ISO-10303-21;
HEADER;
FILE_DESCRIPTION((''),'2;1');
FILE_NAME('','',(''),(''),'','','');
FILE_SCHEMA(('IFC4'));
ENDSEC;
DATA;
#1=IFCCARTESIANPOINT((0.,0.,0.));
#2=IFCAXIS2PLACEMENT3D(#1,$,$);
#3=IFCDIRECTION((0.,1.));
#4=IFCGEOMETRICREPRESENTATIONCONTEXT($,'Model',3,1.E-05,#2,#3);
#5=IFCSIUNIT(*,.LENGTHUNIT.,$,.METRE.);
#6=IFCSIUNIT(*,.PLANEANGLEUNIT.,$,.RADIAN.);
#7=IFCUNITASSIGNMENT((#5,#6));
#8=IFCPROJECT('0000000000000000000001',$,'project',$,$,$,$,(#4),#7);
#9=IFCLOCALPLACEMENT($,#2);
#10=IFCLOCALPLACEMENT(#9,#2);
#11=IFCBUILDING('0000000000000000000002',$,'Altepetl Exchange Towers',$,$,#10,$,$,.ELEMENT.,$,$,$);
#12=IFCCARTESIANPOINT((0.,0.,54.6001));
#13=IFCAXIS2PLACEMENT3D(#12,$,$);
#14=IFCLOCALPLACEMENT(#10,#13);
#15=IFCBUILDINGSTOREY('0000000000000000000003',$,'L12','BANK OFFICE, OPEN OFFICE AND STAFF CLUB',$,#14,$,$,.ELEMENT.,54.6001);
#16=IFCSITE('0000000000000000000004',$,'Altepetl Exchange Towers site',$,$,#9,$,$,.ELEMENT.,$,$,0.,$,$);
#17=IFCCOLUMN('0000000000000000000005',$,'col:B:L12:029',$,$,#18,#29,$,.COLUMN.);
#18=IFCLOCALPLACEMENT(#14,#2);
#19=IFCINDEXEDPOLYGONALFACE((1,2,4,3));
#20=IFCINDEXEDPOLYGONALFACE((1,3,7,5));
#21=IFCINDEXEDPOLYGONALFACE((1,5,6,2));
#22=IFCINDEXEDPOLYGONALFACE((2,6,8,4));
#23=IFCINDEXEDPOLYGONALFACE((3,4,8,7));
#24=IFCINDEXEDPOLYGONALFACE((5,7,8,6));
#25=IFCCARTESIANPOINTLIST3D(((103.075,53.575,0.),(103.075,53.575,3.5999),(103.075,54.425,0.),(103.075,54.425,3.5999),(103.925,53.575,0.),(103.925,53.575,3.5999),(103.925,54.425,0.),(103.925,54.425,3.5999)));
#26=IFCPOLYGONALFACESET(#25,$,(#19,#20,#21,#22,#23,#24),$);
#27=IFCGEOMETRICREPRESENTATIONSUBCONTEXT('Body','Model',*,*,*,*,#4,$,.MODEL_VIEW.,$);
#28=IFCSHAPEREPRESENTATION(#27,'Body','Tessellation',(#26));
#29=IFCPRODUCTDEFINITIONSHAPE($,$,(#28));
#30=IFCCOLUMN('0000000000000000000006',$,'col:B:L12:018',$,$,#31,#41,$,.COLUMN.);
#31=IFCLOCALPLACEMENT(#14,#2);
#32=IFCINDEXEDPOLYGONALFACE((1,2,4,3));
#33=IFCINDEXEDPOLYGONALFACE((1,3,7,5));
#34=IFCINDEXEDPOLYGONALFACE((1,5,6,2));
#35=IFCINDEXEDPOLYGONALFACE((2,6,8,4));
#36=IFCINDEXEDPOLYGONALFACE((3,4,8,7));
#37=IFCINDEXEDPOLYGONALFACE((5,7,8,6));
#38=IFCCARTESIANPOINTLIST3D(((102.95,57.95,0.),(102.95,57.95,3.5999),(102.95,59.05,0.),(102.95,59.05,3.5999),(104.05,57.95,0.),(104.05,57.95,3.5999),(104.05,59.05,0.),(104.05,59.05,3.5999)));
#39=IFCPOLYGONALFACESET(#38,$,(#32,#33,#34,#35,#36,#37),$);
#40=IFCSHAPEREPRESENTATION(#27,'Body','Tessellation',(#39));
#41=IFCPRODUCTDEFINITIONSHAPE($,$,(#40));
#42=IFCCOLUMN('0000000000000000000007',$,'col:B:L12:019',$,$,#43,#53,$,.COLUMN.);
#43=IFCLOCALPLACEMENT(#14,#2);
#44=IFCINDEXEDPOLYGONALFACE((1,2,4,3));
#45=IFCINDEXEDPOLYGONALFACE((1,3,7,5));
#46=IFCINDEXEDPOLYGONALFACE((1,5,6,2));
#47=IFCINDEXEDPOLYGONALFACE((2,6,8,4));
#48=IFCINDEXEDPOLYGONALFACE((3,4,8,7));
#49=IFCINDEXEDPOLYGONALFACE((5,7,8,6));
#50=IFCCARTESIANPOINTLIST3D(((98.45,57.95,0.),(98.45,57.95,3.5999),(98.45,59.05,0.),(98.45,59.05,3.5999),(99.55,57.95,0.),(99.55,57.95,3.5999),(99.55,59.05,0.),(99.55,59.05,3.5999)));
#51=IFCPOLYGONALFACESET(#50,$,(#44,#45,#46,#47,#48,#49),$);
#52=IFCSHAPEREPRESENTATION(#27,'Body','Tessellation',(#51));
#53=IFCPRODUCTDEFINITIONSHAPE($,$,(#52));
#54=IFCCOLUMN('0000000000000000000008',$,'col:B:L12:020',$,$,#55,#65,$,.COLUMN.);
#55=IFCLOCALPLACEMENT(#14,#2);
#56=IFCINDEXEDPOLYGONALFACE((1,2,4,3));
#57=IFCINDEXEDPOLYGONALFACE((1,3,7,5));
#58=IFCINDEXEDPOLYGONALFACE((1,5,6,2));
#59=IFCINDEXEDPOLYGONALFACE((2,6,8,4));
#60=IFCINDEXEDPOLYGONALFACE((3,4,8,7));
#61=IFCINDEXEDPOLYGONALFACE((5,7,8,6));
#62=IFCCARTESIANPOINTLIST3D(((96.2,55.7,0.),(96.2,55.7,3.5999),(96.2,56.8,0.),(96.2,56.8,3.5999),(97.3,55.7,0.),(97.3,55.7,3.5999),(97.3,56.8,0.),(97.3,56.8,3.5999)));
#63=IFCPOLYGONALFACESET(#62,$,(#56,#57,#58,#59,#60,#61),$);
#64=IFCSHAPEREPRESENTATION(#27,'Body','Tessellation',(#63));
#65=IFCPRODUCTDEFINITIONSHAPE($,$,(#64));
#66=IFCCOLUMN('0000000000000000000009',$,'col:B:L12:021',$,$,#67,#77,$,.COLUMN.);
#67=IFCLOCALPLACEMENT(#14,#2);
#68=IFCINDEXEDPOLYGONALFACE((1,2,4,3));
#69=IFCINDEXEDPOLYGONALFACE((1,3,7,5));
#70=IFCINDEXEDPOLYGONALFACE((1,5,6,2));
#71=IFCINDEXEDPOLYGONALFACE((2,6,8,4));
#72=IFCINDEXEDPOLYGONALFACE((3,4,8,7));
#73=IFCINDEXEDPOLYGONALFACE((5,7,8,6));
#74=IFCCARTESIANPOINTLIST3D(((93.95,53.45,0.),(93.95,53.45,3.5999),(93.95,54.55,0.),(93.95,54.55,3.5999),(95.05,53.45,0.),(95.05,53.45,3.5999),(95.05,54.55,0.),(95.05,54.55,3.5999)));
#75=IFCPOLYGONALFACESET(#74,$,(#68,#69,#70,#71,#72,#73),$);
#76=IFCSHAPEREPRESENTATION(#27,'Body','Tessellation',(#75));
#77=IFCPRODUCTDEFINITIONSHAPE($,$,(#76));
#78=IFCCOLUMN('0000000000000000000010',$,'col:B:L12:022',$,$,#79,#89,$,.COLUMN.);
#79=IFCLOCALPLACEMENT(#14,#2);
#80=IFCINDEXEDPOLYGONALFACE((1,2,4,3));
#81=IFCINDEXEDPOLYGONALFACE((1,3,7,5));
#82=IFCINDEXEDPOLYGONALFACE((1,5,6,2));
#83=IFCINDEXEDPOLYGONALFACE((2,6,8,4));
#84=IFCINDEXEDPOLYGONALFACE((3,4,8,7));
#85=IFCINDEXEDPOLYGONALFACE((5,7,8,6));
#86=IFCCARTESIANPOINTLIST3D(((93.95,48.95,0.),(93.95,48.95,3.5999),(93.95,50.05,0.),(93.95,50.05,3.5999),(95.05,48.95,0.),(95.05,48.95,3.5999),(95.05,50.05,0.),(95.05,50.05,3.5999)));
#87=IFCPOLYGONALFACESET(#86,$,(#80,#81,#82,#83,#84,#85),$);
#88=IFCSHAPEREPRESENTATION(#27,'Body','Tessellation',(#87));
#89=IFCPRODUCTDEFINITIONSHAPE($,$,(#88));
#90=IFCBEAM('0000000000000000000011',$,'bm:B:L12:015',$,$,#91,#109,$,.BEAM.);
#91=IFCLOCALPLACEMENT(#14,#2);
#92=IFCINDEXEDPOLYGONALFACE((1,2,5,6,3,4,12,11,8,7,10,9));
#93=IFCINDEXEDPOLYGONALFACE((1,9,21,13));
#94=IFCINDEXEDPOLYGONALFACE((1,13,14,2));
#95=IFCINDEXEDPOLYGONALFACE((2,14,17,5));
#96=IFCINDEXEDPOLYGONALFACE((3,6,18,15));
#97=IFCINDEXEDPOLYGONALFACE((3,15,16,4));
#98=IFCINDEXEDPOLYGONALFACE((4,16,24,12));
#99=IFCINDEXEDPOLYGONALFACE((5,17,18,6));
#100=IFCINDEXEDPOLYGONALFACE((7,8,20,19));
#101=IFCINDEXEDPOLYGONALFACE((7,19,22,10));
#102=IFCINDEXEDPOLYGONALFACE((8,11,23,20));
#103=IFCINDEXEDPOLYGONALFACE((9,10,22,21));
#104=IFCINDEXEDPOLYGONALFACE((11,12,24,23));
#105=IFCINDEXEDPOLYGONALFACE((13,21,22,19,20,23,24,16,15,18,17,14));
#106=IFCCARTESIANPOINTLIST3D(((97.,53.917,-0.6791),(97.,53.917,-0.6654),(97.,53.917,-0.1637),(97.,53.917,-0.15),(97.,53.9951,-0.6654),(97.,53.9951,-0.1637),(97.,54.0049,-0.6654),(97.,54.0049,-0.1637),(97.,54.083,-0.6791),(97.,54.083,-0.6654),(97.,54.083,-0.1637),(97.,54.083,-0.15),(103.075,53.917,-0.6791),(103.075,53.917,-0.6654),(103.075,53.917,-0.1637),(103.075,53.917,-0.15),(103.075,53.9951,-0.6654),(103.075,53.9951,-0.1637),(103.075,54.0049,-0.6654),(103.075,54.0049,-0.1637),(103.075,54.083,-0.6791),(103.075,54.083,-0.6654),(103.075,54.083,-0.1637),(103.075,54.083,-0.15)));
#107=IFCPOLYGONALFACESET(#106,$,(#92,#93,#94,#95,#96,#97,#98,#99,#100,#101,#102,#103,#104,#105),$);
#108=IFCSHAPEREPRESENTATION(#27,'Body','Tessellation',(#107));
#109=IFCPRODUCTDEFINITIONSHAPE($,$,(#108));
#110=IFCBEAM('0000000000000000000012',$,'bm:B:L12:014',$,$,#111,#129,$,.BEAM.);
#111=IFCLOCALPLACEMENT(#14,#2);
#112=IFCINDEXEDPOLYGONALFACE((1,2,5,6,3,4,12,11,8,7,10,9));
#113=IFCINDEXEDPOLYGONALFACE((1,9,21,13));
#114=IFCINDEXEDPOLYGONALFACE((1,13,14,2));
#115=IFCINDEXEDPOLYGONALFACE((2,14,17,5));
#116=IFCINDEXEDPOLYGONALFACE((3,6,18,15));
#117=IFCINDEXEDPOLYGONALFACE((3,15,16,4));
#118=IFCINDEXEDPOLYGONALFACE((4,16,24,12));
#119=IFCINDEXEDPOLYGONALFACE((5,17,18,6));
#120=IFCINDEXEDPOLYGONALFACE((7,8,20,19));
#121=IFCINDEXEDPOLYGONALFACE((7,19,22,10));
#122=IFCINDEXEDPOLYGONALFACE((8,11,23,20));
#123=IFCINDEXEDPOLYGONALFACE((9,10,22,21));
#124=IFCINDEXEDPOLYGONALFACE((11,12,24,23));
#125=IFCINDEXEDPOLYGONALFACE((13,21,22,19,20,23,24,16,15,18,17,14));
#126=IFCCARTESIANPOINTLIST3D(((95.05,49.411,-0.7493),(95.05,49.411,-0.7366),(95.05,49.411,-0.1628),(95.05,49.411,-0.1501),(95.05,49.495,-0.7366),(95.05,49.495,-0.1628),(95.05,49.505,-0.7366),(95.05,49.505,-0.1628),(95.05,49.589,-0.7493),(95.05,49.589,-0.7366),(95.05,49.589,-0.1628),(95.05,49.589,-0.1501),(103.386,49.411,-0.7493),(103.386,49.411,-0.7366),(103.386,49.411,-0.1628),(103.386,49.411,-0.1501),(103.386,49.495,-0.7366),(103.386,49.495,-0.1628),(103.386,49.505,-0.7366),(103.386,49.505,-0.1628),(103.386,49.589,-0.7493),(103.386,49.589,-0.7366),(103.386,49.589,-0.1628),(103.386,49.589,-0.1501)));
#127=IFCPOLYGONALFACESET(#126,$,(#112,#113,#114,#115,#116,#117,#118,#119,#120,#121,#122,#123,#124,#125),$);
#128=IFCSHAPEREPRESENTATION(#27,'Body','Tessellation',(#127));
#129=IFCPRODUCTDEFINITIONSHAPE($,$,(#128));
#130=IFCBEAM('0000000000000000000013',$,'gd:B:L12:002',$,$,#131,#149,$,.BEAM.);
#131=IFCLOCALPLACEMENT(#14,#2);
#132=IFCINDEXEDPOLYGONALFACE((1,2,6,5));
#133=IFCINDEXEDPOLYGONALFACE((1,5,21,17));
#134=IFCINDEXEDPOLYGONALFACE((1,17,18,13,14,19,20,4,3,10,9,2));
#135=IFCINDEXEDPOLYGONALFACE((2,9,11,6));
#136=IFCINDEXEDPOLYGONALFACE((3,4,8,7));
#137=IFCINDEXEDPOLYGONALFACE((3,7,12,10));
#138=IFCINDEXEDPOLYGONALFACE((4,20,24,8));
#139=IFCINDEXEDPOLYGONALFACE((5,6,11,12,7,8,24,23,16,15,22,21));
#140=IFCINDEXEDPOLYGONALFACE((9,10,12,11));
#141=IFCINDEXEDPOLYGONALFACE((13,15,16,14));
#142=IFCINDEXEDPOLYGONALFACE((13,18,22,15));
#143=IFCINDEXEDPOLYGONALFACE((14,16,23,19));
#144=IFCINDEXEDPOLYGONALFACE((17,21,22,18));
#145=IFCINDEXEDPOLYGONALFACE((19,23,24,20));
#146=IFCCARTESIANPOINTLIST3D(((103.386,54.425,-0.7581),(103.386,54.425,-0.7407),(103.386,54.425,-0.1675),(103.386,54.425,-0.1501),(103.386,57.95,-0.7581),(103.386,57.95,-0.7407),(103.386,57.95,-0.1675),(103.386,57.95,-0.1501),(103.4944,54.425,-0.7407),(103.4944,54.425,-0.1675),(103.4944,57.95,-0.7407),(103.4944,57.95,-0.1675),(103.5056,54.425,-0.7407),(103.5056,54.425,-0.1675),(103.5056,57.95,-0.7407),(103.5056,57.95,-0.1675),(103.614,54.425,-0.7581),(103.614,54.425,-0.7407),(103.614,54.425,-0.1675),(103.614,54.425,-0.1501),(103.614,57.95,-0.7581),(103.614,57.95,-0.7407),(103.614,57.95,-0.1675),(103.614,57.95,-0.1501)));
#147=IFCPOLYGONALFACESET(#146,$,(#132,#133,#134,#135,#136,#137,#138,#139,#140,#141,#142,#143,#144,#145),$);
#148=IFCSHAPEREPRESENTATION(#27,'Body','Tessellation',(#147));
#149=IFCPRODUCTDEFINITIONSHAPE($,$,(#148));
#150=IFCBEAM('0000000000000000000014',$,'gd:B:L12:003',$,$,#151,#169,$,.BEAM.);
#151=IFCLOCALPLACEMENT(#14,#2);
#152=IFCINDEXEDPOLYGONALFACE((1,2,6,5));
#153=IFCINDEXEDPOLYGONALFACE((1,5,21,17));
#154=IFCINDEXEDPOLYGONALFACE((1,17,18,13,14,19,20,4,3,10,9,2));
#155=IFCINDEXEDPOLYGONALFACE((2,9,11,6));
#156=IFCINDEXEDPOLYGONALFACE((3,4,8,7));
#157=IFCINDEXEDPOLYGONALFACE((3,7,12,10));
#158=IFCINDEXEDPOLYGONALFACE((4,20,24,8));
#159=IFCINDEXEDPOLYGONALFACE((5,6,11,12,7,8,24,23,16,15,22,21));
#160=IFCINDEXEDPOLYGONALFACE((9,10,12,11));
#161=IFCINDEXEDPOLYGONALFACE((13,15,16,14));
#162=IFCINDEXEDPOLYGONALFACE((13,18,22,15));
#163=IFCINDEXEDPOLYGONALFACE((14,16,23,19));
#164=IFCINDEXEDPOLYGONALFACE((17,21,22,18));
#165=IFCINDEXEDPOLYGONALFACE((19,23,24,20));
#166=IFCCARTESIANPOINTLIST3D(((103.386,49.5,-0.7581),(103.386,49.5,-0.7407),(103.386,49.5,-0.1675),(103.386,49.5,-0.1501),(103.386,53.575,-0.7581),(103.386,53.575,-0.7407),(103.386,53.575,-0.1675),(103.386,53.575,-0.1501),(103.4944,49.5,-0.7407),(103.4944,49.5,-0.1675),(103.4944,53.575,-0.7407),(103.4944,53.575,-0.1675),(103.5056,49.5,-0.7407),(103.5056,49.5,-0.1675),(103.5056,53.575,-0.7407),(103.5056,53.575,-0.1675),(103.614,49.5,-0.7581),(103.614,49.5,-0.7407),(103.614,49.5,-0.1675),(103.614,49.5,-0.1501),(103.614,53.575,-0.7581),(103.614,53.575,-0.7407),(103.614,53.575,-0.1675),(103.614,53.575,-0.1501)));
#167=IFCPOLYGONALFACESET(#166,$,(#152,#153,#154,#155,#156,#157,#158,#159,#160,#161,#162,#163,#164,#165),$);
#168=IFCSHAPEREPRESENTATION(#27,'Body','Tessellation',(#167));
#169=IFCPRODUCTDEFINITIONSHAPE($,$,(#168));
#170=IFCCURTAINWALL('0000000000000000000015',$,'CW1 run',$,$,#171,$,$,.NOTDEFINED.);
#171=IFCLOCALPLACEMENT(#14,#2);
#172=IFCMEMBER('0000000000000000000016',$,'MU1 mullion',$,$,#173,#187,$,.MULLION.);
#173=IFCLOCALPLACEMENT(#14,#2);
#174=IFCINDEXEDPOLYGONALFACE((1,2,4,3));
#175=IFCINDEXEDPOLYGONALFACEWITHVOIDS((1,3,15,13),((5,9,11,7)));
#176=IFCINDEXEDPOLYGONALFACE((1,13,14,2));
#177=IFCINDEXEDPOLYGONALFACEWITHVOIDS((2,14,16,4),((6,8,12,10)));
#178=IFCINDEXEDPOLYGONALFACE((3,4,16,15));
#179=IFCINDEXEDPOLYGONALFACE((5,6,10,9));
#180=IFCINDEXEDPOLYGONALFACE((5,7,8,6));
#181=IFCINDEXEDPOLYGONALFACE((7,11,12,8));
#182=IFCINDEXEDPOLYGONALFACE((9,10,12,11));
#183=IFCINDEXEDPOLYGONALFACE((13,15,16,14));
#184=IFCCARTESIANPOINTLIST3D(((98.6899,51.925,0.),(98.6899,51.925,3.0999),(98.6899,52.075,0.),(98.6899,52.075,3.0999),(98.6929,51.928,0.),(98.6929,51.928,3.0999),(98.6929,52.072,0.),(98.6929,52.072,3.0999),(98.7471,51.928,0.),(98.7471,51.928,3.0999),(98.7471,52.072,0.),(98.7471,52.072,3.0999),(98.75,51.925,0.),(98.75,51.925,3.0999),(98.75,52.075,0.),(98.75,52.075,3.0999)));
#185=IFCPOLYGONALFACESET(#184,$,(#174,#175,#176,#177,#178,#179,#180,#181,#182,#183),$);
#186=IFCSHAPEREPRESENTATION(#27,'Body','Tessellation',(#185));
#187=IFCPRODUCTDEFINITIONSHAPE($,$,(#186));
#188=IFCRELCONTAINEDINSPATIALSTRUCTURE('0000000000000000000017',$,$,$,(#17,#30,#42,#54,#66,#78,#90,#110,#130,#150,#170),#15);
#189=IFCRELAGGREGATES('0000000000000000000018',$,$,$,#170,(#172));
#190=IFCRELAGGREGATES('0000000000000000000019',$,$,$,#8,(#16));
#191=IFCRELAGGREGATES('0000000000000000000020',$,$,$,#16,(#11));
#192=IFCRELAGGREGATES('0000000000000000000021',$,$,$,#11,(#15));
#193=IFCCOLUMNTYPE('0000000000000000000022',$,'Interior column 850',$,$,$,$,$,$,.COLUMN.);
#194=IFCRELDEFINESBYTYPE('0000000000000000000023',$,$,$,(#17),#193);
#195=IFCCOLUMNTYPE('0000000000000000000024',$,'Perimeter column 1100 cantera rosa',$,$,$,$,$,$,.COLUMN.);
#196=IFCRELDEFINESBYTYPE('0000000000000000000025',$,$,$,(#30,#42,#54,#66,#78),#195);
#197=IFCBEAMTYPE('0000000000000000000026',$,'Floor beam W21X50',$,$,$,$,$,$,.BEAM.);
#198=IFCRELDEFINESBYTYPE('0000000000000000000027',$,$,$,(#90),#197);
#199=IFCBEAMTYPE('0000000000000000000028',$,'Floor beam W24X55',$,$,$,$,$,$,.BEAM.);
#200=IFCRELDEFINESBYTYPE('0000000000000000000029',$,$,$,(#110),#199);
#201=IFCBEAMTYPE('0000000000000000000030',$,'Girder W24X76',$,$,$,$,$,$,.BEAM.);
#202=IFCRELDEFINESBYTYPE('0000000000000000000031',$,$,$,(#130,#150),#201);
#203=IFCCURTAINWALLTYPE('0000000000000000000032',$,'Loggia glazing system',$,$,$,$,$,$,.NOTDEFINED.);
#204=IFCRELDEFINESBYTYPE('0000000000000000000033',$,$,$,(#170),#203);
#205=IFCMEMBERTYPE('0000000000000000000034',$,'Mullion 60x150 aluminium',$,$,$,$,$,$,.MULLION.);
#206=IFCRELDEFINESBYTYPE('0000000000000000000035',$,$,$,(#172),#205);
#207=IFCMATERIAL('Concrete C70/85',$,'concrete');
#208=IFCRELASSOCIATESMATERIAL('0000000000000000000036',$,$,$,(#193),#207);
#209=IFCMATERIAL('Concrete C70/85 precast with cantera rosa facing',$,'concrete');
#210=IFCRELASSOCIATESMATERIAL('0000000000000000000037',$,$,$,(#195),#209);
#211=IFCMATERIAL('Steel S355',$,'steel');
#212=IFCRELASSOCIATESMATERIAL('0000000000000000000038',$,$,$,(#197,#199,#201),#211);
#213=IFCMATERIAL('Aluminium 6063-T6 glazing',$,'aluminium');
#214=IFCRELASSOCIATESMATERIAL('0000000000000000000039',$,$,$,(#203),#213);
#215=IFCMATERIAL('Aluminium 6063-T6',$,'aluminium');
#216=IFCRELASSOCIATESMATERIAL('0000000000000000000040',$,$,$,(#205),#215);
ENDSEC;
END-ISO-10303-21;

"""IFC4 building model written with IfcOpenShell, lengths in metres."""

from ifc_helpers import new_model, si_unit, direction, frame, origin, origin_2d, place, context, subcontext, project, spatial, rectangle, hollow_rectangle, i_section, extrude, material, material_profile, profile_set, type_object, element, aggregate, save


model = new_model("IFC4")

# Units and contexts
model_context = context("Model", 3, precision=1e-05, world=origin(), true_north=direction((0.0, 1.0)))
body_context = subcontext(model_context, "Body", "Model", "MODEL_VIEW")
ifc_project = project(units=[si_unit("LENGTHUNIT", "METRE"), si_unit("PLANEANGLEUNIT", "RADIAN")], contexts=[model_context])

# Site, building, storey
site_placement = place(None, origin())
site = spatial("IfcSite", under=ifc_project, at=site_placement, Name="Altepetl Exchange Towers site", CompositionType="ELEMENT", RefElevation=0.0)
building_placement = place(site_placement, origin())
building = spatial("IfcBuilding", under=site, at=building_placement, Name="Altepetl Exchange Towers", CompositionType="ELEMENT")
storey_placement = place(building_placement, frame((0.0, 0.0, 54.6001)))
storey = spatial("IfcBuildingStorey", under=building, at=storey_placement, Name="L12", Description="BANK OFFICE, OPEN OFFICE AND STAFF CLUB", CompositionType="ELEMENT", Elevation=54.6001)

# Columns
ifc_material_1 = material(Name="Concrete C70/85", Category="concrete")
ifc_material_profile_1 = material_profile(ifc_material_1, rectangle(XDim=0.8501, YDim=0.8501, at=origin_2d()), Name="850 x 850")
ifc_profile_set_1 = profile_set([ifc_material_profile_1], Name="Concrete C70/85")
column_type_1 = type_object("IfcColumnType", Name="Interior column 850", PredefinedType="COLUMN", material=ifc_profile_set_1)
column_placement = place(storey_placement, frame((103.5, 54.0, 0.0)))
element("IfcColumn", 1, at=column_placement, inside=storey, type_object=column_type_1, Name="col:B:L12:029", PredefinedType="COLUMN", context=body_context, shape_type="SweptSolid", body=[
    extrude(rectangle(XDim=0.8501, YDim=0.8501, at=origin_2d()), origin(), (0.0, 0.0, 1.0), 3.5999),
])
ifc_material_2 = material(Name="Concrete C70/85 precast with cantera rosa facing", Category="concrete")
ifc_material_profile_2 = material_profile(ifc_material_2, rectangle(XDim=1.1001, YDim=1.1001, at=origin_2d()), Name="1100 x 1100")
ifc_profile_set_2 = profile_set([ifc_material_profile_2], Name="Concrete C70/85 precast with cantera rosa facing")
column_type_2 = type_object("IfcColumnType", Name="Perimeter column 1100 cantera rosa", PredefinedType="COLUMN", material=ifc_profile_set_2)
for number, where, name in (
    (2, (103.5, 58.5, 0.0), "col:B:L12:018"),
    (3, (99.0, 58.5, 0.0), "col:B:L12:019"),
    (4, (96.75, 56.25, 0.0), "col:B:L12:020"),
    (5, (94.5, 54.0, 0.0), "col:B:L12:021"),
    (6, (94.5, 49.5, 0.0), "col:B:L12:022"),
):
    element("IfcColumn", number, at=place(storey_placement, frame(where)), inside=storey, type_object=column_type_2, Name=name, PredefinedType="COLUMN", context=body_context, shape_type="SweptSolid", body=[
        extrude(rectangle(XDim=1.1001, YDim=1.1001, at=origin_2d()), origin(), (0.0, 0.0, 1.0), 3.5999),
    ])

# Beams
ifc_material_3 = material(Name="Steel S355", Category="steel")
ifc_material_profile_3 = material_profile(ifc_material_3, i_section(OverallWidth=0.166, OverallDepth=0.5291, WebThickness=0.0098, FlangeThickness=0.0137, at=origin_2d()), Name="W21X50")
ifc_profile_set_3 = profile_set([ifc_material_profile_3], Name="Steel S355")
beam_type_1 = type_object("IfcBeamType", Name="Floor beam W21X50", PredefinedType="BEAM", material=ifc_profile_set_3)
beam_1_placement = place(storey_placement, frame((97.0, 54.0, -0.4146), z_axis=(1.0, 0.0, 0.0), x_axis=(0.0, 1.0, 0.0)))
element("IfcBeam", 7, at=beam_1_placement, inside=storey, type_object=beam_type_1, Name="bm:B:L12:015", PredefinedType="BEAM", context=body_context, shape_type="SweptSolid", body=[
    extrude(i_section(OverallWidth=0.166, OverallDepth=0.5291, WebThickness=0.0098, FlangeThickness=0.0137, at=origin_2d()), origin(), (0.0, 0.0, 1.0), 6.075),
])
ifc_material_profile_4 = material_profile(ifc_material_3, i_section(OverallWidth=0.178, OverallDepth=0.5991, WebThickness=0.01, FlangeThickness=0.0127, at=origin_2d()), Name="W24X55")
ifc_profile_set_4 = profile_set([ifc_material_profile_4], Name="Steel S355")
beam_type_2 = type_object("IfcBeamType", Name="Floor beam W24X55", PredefinedType="BEAM", material=ifc_profile_set_4)
beam_2_placement = place(storey_placement, frame((95.05, 49.5, -0.4497), z_axis=(1.0, 0.0, 0.0), x_axis=(0.0, 1.0, 0.0)))
element("IfcBeam", 8, at=beam_2_placement, inside=storey, type_object=beam_type_2, Name="bm:B:L12:014", PredefinedType="BEAM", context=body_context, shape_type="SweptSolid", body=[
    extrude(i_section(OverallWidth=0.178, OverallDepth=0.5991, WebThickness=0.01, FlangeThickness=0.0127, at=origin_2d()), origin(), (0.0, 0.0, 1.0), 8.3359),
])
ifc_material_profile_5 = material_profile(ifc_material_3, i_section(OverallWidth=0.228, OverallDepth=0.6079, WebThickness=0.0112, FlangeThickness=0.0173, at=origin_2d()), Name="W24X76")
ifc_profile_set_5 = profile_set([ifc_material_profile_5], Name="Steel S355")
beam_type_3 = type_object("IfcBeamType", Name="Girder W24X76", PredefinedType="BEAM", material=ifc_profile_set_5)
beam_3_placement = place(storey_placement, frame((103.5, 57.95, -0.4541), z_axis=(0.0, -1.0, 0.0), x_axis=(1.0, 0.0, 0.0)))
element("IfcBeam", 9, at=beam_3_placement, inside=storey, type_object=beam_type_3, Name="gd:B:L12:002", PredefinedType="BEAM", context=body_context, shape_type="SweptSolid", body=[
    extrude(i_section(OverallWidth=0.228, OverallDepth=0.6079, WebThickness=0.0112, FlangeThickness=0.0173, at=origin_2d()), origin(), (0.0, 0.0, 1.0), 3.5249),
])
beam_4_placement = place(storey_placement, frame((103.5, 53.575, -0.4541), z_axis=(0.0, -1.0, 0.0), x_axis=(1.0, 0.0, 0.0)))
element("IfcBeam", 10, at=beam_4_placement, inside=storey, type_object=beam_type_3, Name="gd:B:L12:003", PredefinedType="BEAM", context=body_context, shape_type="SweptSolid", body=[
    extrude(i_section(OverallWidth=0.228, OverallDepth=0.6079, WebThickness=0.0112, FlangeThickness=0.0173, at=origin_2d()), origin(), (0.0, 0.0, 1.0), 4.075),
])

# Curtain wall, member
ifc_material_4 = material(Name="Aluminium 6063-T6 glazing", Category="aluminium")
curtain_wall_type = type_object("IfcCurtainWallType", Name="Loggia glazing system", PredefinedType="NOTDEFINED", material=ifc_material_4)
curtain_wall_1_placement = place(storey_placement, origin())
curtain_wall_1 = element("IfcCurtainWall", 11, at=curtain_wall_1_placement, inside=storey, type_object=curtain_wall_type, Name="CW1 run", PredefinedType="NOTDEFINED")
ifc_material_5 = material(Name="Aluminium 6063-T6", Category="aluminium")
ifc_material_profile_6 = material_profile(ifc_material_5, hollow_rectangle(XDim=0.0601, YDim=0.1499, WallThickness=0.0029, at=origin_2d()), Name="Mullion 60x150 aluminium")
ifc_profile_set_6 = profile_set([ifc_material_profile_6], Name="Aluminium 6063-T6")
member_type = type_object("IfcMemberType", Name="Mullion 60x150 aluminium", PredefinedType="MULLION", material=ifc_profile_set_6)
member_1_placement = place(storey_placement, frame((98.72, 52.0, 0.0), z_axis=(0.0, 0.0, 1.0), x_axis=(-1.0, 0.0, 0.0)))
member_1 = element("IfcMember", 12, at=member_1_placement, type_object=member_type, Name="MU1 mullion", PredefinedType="MULLION", context=body_context, shape_type="SweptSolid", body=[
    extrude(hollow_rectangle(XDim=0.0601, YDim=0.1499, WallThickness=0.0029, at=origin_2d()), origin(), (0.0, 0.0, 1.0), 3.0999),
])

aggregate(curtain_wall_1, [member_1])

save(model, "model.ifc")
